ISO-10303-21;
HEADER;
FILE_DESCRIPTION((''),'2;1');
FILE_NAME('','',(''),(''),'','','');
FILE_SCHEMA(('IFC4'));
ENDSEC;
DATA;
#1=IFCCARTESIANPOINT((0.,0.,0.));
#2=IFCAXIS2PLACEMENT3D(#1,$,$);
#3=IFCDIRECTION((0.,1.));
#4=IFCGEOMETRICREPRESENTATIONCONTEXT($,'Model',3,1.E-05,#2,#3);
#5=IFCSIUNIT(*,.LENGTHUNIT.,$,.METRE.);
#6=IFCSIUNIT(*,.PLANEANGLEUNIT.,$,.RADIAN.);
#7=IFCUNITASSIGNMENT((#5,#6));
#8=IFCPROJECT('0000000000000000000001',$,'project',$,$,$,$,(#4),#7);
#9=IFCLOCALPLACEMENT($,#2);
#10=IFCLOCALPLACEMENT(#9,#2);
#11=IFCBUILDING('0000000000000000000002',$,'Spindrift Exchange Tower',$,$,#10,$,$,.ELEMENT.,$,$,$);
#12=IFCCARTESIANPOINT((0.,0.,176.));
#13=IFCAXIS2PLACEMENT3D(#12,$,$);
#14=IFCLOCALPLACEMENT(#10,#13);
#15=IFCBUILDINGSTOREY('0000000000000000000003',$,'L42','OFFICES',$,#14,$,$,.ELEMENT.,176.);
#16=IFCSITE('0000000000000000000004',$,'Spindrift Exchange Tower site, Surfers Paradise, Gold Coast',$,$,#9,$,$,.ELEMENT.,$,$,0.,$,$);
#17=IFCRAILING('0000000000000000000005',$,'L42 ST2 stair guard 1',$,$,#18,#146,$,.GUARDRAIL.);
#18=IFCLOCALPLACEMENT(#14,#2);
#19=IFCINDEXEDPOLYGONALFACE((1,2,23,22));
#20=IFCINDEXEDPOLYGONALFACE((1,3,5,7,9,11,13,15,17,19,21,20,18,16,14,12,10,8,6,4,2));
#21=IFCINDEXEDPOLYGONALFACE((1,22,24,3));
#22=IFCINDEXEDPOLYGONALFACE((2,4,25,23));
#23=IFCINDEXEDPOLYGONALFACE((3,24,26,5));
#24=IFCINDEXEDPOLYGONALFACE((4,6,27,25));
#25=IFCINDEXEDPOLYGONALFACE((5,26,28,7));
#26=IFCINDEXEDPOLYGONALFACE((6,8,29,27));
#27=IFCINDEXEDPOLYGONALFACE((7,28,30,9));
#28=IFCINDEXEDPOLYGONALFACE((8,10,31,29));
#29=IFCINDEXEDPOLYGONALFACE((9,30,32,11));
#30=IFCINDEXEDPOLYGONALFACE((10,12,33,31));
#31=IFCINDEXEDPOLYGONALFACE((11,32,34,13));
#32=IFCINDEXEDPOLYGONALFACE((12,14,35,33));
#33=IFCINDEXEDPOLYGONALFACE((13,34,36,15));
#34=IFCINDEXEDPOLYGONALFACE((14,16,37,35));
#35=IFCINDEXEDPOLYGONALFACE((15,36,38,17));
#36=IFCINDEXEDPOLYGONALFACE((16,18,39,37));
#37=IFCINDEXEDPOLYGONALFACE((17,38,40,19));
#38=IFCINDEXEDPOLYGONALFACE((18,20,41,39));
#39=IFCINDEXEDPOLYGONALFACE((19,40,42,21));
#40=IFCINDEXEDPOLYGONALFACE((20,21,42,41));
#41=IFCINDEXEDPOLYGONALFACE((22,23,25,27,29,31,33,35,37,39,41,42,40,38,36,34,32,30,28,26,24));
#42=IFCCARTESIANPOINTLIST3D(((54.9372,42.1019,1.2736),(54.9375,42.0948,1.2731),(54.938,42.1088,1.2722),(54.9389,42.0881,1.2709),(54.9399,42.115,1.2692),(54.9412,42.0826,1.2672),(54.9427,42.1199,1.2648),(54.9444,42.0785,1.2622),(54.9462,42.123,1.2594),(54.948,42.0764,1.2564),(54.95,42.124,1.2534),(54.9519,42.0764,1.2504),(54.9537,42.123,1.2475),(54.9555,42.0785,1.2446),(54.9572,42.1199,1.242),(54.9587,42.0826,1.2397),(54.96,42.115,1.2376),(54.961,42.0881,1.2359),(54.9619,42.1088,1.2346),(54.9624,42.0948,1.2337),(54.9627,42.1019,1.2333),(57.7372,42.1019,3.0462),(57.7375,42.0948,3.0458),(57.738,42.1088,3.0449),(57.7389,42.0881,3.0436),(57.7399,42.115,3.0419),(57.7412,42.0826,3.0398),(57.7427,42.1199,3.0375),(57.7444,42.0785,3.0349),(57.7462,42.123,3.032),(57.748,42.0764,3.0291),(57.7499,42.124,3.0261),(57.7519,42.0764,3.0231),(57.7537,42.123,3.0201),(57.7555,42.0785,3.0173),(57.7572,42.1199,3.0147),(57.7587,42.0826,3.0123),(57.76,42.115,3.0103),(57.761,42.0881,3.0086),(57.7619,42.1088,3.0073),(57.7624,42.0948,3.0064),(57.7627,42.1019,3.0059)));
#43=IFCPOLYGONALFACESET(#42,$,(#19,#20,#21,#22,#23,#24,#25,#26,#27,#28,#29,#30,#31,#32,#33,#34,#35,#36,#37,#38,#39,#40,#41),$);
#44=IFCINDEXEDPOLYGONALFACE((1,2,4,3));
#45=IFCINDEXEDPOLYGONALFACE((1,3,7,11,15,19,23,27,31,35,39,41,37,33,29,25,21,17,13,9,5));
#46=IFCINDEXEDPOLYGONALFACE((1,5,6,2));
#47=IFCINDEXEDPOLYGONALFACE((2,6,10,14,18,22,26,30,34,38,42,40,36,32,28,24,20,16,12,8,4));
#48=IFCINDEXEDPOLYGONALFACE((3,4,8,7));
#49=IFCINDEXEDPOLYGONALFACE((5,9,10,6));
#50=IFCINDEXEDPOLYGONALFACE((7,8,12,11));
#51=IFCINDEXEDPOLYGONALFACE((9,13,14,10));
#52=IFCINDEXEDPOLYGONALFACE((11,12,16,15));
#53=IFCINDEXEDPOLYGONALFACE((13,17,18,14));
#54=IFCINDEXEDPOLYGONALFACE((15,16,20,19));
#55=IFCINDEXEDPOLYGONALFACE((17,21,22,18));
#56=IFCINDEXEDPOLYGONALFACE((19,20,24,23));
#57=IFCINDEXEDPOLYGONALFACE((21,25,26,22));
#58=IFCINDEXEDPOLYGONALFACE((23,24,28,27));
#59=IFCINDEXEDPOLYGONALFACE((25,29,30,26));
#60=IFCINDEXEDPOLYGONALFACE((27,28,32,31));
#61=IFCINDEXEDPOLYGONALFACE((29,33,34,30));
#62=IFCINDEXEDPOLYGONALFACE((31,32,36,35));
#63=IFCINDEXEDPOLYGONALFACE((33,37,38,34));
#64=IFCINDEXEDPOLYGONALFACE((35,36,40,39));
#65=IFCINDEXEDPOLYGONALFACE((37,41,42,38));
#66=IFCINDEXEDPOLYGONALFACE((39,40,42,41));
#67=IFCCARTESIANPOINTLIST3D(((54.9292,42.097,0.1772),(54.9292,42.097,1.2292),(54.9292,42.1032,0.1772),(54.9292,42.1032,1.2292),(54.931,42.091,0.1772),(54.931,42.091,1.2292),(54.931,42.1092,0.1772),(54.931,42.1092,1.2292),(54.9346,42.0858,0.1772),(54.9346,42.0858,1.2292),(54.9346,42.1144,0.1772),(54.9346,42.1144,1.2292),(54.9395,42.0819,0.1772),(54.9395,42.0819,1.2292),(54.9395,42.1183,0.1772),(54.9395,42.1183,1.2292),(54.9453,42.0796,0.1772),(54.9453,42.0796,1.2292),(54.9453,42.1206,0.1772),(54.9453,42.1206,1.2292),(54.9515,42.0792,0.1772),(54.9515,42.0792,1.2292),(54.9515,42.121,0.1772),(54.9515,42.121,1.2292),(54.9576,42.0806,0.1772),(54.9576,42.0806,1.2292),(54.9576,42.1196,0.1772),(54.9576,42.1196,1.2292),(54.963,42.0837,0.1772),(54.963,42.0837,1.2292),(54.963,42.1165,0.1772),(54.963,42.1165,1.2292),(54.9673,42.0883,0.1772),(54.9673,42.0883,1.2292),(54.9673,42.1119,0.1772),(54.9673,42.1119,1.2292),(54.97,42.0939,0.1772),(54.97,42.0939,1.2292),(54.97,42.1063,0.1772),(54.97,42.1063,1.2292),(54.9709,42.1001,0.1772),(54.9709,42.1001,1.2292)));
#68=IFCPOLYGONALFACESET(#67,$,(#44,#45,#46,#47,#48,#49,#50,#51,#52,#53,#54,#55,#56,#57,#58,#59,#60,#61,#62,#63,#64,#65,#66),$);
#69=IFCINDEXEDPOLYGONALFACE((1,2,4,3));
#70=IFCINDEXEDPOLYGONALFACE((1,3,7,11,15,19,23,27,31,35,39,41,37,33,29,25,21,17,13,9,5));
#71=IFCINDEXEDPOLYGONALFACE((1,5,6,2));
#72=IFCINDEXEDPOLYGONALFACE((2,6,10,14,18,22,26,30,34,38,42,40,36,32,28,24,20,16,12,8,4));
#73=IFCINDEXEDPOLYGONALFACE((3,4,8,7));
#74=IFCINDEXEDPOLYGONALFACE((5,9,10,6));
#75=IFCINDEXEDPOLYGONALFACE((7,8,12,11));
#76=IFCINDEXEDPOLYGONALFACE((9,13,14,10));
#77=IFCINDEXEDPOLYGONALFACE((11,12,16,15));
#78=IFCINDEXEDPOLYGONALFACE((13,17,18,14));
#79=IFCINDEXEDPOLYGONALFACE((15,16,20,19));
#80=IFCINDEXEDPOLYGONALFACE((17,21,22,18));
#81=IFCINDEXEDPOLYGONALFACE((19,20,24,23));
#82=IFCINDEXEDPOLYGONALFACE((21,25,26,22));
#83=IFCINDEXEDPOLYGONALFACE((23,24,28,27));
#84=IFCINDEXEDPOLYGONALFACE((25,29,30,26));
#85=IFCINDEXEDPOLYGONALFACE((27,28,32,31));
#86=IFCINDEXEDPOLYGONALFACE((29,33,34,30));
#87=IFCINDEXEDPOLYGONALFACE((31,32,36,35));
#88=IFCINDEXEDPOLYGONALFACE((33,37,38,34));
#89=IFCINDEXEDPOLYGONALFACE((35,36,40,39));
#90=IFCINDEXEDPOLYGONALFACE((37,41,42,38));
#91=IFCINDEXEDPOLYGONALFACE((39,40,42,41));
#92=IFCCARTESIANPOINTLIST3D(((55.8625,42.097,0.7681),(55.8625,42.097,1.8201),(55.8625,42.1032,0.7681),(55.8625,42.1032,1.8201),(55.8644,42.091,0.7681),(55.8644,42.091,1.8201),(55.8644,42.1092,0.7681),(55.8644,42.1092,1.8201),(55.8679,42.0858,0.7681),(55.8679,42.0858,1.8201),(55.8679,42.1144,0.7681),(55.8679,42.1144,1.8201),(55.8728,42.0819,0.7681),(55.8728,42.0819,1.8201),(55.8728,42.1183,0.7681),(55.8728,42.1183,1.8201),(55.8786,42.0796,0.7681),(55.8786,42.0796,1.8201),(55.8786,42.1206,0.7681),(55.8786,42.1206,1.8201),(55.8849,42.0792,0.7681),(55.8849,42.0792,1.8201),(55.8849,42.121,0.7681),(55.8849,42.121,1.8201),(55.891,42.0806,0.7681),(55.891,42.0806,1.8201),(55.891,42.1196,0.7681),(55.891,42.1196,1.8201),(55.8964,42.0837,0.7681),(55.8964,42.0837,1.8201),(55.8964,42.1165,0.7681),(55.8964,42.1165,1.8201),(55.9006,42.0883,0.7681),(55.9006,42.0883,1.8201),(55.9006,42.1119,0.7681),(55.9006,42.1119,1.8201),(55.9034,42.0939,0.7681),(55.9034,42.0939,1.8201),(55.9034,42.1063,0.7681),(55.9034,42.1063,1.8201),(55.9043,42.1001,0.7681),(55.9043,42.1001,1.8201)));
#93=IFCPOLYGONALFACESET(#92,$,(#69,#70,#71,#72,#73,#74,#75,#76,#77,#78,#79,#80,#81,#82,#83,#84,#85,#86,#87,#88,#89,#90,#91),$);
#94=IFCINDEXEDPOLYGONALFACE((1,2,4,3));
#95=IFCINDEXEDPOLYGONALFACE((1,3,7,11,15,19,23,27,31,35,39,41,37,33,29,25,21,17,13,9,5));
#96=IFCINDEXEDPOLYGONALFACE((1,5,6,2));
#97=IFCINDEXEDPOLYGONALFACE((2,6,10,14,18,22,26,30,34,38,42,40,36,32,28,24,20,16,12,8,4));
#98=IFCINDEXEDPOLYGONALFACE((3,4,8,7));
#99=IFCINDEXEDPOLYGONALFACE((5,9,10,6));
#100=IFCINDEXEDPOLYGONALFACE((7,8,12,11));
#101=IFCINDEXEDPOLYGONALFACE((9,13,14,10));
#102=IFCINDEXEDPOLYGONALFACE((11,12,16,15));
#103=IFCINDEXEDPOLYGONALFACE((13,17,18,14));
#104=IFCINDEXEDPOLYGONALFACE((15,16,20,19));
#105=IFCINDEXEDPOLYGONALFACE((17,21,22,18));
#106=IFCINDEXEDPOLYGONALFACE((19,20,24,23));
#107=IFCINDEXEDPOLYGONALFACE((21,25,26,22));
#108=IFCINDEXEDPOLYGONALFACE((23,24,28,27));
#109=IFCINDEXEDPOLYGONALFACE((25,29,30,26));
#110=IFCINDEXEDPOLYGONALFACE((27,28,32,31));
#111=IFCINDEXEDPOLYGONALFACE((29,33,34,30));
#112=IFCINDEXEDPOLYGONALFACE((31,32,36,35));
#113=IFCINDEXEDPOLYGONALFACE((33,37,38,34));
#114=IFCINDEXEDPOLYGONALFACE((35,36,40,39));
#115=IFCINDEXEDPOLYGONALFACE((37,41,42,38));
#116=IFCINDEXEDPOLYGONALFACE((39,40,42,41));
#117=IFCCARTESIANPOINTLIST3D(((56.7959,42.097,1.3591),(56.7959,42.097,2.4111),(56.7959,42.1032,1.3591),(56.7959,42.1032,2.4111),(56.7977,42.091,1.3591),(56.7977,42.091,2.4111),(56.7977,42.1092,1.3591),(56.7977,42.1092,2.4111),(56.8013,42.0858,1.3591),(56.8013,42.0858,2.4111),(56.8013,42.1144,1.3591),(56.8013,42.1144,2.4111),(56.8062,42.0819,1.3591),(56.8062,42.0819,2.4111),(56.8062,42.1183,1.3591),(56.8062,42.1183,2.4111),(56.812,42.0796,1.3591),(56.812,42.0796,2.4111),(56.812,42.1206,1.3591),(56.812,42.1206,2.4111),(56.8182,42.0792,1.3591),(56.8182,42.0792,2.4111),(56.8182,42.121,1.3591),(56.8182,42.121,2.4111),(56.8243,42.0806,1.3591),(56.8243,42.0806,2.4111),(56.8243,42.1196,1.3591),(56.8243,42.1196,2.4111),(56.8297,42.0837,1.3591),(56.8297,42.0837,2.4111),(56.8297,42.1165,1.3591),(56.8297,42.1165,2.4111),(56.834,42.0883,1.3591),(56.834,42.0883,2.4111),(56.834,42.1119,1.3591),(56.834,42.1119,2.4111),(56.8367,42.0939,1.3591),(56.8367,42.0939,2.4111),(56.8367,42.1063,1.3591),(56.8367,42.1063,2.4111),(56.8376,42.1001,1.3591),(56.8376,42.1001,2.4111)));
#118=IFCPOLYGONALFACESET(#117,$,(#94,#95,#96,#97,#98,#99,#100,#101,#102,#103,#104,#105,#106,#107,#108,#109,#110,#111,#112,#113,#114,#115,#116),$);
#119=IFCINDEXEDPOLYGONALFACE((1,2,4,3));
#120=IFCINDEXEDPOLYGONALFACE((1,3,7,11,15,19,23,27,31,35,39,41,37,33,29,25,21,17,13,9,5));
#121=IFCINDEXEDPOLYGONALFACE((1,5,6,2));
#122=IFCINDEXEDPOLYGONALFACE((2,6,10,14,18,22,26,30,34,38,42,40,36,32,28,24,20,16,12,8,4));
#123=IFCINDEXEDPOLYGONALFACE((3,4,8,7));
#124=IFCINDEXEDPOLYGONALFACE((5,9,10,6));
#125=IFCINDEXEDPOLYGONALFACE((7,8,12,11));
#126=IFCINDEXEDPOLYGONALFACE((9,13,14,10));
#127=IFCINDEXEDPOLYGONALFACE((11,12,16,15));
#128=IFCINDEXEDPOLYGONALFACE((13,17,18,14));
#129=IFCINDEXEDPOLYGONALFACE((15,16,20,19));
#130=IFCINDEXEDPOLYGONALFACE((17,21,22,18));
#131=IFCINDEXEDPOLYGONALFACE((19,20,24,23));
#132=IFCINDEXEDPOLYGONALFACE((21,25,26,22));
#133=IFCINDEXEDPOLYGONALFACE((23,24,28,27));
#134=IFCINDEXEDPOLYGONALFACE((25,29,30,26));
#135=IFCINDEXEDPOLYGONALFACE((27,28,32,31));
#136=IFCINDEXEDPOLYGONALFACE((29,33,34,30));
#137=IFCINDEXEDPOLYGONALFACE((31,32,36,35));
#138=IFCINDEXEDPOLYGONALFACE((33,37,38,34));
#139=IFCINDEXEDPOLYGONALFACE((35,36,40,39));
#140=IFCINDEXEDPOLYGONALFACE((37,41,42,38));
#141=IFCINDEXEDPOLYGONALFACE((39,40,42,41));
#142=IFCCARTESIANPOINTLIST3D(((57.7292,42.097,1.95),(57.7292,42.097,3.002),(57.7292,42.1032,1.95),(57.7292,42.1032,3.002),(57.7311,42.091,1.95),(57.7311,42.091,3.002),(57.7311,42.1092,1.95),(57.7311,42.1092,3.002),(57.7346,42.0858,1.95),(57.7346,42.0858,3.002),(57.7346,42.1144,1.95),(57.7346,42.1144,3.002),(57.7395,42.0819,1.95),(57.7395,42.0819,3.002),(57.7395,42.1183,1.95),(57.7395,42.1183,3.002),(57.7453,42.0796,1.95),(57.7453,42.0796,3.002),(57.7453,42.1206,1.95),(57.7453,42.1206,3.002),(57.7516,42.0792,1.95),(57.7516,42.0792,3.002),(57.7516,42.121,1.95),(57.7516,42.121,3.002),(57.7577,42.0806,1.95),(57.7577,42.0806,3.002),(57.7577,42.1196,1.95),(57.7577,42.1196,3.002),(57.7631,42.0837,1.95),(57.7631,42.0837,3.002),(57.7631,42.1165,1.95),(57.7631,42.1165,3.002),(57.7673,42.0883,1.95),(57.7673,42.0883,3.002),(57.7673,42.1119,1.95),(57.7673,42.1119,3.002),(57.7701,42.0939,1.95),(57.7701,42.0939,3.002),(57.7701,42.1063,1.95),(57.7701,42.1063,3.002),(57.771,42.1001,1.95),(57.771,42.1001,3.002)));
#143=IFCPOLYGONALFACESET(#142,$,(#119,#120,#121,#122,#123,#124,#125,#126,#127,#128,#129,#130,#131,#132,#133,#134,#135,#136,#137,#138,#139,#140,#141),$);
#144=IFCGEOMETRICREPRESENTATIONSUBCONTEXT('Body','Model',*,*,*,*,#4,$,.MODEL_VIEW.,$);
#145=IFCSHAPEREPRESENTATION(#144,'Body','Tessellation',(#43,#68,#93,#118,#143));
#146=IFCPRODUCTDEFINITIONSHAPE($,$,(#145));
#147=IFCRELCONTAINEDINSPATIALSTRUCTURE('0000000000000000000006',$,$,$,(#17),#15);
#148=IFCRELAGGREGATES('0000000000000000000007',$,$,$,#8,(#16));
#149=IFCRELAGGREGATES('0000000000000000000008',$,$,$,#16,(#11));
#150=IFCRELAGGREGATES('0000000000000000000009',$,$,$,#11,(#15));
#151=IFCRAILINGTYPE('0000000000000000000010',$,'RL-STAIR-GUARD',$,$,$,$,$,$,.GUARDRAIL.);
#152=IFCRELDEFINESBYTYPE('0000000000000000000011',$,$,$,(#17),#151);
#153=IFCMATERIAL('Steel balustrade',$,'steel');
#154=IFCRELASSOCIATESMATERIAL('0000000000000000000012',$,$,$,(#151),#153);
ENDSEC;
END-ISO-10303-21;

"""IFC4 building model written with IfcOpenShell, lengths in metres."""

from ifc_helpers import new_model, si_unit, direction, frame, origin, origin_2d, place, context, subcontext, project, spatial, circle, extrude, material, type_object, element, save


model = new_model("IFC4")

# Units and contexts
model_context = context("Model", 3, precision=1e-05, world=origin(), true_north=direction((0.0, 1.0)))
body_context = subcontext(model_context, "Body", "Model", "MODEL_VIEW")
ifc_project = project(units=[si_unit("LENGTHUNIT", "METRE"), si_unit("PLANEANGLEUNIT", "RADIAN")], contexts=[model_context])

# Site, building, storey
site_placement = place(None, origin())
site = spatial("IfcSite", under=ifc_project, at=site_placement, Name="Spindrift Exchange Tower site, Surfers Paradise, Gold Coast", CompositionType="ELEMENT", RefElevation=0.0)
building_placement = place(site_placement, origin())
building = spatial("IfcBuilding", under=site, at=building_placement, Name="Spindrift Exchange Tower", CompositionType="ELEMENT")
storey_placement = place(building_placement, frame((0.0, 0.0, 176.0)))
storey = spatial("IfcBuildingStorey", under=building, at=storey_placement, Name="L42", Description="OFFICES", CompositionType="ELEMENT", Elevation=176.0)

# Railing
ifc_material_1 = material(Name="Steel balustrade", Category="steel")
railing_type_1 = type_object("IfcRailingType", Name="RL-STAIR-GUARD", PredefinedType="GUARDRAIL", material=ifc_material_1)
railing_1_placement = place(storey_placement, frame((54.95, 42.1001, 0.1772)))
element("IfcRailing", 1, at=railing_1_placement, inside=storey, type_object=railing_type_1, Name="L42 ST2 stair guard 1", PredefinedType="GUARDRAIL", context=body_context, shape_type="SweptSolid", body=[
    extrude(circle(Radius=0.0239, at=origin_2d()), frame((0.0, 0.0, 1.0762), z_axis=(0.844909, 0.0, 0.53491), x_axis=(0.0, 1.0, 0.0)), (0.0, 0.0, 1.0), 3.314),
    extrude(circle(Radius=0.021, at=origin_2d()), origin(), (0.0, 0.0, 1.0), 1.052),
    extrude(circle(Radius=0.021, at=origin_2d()), frame((0.9333, 0.0, 0.5908)), (0.0, 0.0, 1.0), 1.052),
    extrude(circle(Radius=0.021, at=origin_2d()), frame((1.8667, 0.0, 1.1819)), (0.0, 0.0, 1.0), 1.052),
    extrude(circle(Radius=0.021, at=origin_2d()), frame((2.8, 0.0, 1.7727)), (0.0, 0.0, 1.0), 1.052),
])

save(model, "model.ifc")
